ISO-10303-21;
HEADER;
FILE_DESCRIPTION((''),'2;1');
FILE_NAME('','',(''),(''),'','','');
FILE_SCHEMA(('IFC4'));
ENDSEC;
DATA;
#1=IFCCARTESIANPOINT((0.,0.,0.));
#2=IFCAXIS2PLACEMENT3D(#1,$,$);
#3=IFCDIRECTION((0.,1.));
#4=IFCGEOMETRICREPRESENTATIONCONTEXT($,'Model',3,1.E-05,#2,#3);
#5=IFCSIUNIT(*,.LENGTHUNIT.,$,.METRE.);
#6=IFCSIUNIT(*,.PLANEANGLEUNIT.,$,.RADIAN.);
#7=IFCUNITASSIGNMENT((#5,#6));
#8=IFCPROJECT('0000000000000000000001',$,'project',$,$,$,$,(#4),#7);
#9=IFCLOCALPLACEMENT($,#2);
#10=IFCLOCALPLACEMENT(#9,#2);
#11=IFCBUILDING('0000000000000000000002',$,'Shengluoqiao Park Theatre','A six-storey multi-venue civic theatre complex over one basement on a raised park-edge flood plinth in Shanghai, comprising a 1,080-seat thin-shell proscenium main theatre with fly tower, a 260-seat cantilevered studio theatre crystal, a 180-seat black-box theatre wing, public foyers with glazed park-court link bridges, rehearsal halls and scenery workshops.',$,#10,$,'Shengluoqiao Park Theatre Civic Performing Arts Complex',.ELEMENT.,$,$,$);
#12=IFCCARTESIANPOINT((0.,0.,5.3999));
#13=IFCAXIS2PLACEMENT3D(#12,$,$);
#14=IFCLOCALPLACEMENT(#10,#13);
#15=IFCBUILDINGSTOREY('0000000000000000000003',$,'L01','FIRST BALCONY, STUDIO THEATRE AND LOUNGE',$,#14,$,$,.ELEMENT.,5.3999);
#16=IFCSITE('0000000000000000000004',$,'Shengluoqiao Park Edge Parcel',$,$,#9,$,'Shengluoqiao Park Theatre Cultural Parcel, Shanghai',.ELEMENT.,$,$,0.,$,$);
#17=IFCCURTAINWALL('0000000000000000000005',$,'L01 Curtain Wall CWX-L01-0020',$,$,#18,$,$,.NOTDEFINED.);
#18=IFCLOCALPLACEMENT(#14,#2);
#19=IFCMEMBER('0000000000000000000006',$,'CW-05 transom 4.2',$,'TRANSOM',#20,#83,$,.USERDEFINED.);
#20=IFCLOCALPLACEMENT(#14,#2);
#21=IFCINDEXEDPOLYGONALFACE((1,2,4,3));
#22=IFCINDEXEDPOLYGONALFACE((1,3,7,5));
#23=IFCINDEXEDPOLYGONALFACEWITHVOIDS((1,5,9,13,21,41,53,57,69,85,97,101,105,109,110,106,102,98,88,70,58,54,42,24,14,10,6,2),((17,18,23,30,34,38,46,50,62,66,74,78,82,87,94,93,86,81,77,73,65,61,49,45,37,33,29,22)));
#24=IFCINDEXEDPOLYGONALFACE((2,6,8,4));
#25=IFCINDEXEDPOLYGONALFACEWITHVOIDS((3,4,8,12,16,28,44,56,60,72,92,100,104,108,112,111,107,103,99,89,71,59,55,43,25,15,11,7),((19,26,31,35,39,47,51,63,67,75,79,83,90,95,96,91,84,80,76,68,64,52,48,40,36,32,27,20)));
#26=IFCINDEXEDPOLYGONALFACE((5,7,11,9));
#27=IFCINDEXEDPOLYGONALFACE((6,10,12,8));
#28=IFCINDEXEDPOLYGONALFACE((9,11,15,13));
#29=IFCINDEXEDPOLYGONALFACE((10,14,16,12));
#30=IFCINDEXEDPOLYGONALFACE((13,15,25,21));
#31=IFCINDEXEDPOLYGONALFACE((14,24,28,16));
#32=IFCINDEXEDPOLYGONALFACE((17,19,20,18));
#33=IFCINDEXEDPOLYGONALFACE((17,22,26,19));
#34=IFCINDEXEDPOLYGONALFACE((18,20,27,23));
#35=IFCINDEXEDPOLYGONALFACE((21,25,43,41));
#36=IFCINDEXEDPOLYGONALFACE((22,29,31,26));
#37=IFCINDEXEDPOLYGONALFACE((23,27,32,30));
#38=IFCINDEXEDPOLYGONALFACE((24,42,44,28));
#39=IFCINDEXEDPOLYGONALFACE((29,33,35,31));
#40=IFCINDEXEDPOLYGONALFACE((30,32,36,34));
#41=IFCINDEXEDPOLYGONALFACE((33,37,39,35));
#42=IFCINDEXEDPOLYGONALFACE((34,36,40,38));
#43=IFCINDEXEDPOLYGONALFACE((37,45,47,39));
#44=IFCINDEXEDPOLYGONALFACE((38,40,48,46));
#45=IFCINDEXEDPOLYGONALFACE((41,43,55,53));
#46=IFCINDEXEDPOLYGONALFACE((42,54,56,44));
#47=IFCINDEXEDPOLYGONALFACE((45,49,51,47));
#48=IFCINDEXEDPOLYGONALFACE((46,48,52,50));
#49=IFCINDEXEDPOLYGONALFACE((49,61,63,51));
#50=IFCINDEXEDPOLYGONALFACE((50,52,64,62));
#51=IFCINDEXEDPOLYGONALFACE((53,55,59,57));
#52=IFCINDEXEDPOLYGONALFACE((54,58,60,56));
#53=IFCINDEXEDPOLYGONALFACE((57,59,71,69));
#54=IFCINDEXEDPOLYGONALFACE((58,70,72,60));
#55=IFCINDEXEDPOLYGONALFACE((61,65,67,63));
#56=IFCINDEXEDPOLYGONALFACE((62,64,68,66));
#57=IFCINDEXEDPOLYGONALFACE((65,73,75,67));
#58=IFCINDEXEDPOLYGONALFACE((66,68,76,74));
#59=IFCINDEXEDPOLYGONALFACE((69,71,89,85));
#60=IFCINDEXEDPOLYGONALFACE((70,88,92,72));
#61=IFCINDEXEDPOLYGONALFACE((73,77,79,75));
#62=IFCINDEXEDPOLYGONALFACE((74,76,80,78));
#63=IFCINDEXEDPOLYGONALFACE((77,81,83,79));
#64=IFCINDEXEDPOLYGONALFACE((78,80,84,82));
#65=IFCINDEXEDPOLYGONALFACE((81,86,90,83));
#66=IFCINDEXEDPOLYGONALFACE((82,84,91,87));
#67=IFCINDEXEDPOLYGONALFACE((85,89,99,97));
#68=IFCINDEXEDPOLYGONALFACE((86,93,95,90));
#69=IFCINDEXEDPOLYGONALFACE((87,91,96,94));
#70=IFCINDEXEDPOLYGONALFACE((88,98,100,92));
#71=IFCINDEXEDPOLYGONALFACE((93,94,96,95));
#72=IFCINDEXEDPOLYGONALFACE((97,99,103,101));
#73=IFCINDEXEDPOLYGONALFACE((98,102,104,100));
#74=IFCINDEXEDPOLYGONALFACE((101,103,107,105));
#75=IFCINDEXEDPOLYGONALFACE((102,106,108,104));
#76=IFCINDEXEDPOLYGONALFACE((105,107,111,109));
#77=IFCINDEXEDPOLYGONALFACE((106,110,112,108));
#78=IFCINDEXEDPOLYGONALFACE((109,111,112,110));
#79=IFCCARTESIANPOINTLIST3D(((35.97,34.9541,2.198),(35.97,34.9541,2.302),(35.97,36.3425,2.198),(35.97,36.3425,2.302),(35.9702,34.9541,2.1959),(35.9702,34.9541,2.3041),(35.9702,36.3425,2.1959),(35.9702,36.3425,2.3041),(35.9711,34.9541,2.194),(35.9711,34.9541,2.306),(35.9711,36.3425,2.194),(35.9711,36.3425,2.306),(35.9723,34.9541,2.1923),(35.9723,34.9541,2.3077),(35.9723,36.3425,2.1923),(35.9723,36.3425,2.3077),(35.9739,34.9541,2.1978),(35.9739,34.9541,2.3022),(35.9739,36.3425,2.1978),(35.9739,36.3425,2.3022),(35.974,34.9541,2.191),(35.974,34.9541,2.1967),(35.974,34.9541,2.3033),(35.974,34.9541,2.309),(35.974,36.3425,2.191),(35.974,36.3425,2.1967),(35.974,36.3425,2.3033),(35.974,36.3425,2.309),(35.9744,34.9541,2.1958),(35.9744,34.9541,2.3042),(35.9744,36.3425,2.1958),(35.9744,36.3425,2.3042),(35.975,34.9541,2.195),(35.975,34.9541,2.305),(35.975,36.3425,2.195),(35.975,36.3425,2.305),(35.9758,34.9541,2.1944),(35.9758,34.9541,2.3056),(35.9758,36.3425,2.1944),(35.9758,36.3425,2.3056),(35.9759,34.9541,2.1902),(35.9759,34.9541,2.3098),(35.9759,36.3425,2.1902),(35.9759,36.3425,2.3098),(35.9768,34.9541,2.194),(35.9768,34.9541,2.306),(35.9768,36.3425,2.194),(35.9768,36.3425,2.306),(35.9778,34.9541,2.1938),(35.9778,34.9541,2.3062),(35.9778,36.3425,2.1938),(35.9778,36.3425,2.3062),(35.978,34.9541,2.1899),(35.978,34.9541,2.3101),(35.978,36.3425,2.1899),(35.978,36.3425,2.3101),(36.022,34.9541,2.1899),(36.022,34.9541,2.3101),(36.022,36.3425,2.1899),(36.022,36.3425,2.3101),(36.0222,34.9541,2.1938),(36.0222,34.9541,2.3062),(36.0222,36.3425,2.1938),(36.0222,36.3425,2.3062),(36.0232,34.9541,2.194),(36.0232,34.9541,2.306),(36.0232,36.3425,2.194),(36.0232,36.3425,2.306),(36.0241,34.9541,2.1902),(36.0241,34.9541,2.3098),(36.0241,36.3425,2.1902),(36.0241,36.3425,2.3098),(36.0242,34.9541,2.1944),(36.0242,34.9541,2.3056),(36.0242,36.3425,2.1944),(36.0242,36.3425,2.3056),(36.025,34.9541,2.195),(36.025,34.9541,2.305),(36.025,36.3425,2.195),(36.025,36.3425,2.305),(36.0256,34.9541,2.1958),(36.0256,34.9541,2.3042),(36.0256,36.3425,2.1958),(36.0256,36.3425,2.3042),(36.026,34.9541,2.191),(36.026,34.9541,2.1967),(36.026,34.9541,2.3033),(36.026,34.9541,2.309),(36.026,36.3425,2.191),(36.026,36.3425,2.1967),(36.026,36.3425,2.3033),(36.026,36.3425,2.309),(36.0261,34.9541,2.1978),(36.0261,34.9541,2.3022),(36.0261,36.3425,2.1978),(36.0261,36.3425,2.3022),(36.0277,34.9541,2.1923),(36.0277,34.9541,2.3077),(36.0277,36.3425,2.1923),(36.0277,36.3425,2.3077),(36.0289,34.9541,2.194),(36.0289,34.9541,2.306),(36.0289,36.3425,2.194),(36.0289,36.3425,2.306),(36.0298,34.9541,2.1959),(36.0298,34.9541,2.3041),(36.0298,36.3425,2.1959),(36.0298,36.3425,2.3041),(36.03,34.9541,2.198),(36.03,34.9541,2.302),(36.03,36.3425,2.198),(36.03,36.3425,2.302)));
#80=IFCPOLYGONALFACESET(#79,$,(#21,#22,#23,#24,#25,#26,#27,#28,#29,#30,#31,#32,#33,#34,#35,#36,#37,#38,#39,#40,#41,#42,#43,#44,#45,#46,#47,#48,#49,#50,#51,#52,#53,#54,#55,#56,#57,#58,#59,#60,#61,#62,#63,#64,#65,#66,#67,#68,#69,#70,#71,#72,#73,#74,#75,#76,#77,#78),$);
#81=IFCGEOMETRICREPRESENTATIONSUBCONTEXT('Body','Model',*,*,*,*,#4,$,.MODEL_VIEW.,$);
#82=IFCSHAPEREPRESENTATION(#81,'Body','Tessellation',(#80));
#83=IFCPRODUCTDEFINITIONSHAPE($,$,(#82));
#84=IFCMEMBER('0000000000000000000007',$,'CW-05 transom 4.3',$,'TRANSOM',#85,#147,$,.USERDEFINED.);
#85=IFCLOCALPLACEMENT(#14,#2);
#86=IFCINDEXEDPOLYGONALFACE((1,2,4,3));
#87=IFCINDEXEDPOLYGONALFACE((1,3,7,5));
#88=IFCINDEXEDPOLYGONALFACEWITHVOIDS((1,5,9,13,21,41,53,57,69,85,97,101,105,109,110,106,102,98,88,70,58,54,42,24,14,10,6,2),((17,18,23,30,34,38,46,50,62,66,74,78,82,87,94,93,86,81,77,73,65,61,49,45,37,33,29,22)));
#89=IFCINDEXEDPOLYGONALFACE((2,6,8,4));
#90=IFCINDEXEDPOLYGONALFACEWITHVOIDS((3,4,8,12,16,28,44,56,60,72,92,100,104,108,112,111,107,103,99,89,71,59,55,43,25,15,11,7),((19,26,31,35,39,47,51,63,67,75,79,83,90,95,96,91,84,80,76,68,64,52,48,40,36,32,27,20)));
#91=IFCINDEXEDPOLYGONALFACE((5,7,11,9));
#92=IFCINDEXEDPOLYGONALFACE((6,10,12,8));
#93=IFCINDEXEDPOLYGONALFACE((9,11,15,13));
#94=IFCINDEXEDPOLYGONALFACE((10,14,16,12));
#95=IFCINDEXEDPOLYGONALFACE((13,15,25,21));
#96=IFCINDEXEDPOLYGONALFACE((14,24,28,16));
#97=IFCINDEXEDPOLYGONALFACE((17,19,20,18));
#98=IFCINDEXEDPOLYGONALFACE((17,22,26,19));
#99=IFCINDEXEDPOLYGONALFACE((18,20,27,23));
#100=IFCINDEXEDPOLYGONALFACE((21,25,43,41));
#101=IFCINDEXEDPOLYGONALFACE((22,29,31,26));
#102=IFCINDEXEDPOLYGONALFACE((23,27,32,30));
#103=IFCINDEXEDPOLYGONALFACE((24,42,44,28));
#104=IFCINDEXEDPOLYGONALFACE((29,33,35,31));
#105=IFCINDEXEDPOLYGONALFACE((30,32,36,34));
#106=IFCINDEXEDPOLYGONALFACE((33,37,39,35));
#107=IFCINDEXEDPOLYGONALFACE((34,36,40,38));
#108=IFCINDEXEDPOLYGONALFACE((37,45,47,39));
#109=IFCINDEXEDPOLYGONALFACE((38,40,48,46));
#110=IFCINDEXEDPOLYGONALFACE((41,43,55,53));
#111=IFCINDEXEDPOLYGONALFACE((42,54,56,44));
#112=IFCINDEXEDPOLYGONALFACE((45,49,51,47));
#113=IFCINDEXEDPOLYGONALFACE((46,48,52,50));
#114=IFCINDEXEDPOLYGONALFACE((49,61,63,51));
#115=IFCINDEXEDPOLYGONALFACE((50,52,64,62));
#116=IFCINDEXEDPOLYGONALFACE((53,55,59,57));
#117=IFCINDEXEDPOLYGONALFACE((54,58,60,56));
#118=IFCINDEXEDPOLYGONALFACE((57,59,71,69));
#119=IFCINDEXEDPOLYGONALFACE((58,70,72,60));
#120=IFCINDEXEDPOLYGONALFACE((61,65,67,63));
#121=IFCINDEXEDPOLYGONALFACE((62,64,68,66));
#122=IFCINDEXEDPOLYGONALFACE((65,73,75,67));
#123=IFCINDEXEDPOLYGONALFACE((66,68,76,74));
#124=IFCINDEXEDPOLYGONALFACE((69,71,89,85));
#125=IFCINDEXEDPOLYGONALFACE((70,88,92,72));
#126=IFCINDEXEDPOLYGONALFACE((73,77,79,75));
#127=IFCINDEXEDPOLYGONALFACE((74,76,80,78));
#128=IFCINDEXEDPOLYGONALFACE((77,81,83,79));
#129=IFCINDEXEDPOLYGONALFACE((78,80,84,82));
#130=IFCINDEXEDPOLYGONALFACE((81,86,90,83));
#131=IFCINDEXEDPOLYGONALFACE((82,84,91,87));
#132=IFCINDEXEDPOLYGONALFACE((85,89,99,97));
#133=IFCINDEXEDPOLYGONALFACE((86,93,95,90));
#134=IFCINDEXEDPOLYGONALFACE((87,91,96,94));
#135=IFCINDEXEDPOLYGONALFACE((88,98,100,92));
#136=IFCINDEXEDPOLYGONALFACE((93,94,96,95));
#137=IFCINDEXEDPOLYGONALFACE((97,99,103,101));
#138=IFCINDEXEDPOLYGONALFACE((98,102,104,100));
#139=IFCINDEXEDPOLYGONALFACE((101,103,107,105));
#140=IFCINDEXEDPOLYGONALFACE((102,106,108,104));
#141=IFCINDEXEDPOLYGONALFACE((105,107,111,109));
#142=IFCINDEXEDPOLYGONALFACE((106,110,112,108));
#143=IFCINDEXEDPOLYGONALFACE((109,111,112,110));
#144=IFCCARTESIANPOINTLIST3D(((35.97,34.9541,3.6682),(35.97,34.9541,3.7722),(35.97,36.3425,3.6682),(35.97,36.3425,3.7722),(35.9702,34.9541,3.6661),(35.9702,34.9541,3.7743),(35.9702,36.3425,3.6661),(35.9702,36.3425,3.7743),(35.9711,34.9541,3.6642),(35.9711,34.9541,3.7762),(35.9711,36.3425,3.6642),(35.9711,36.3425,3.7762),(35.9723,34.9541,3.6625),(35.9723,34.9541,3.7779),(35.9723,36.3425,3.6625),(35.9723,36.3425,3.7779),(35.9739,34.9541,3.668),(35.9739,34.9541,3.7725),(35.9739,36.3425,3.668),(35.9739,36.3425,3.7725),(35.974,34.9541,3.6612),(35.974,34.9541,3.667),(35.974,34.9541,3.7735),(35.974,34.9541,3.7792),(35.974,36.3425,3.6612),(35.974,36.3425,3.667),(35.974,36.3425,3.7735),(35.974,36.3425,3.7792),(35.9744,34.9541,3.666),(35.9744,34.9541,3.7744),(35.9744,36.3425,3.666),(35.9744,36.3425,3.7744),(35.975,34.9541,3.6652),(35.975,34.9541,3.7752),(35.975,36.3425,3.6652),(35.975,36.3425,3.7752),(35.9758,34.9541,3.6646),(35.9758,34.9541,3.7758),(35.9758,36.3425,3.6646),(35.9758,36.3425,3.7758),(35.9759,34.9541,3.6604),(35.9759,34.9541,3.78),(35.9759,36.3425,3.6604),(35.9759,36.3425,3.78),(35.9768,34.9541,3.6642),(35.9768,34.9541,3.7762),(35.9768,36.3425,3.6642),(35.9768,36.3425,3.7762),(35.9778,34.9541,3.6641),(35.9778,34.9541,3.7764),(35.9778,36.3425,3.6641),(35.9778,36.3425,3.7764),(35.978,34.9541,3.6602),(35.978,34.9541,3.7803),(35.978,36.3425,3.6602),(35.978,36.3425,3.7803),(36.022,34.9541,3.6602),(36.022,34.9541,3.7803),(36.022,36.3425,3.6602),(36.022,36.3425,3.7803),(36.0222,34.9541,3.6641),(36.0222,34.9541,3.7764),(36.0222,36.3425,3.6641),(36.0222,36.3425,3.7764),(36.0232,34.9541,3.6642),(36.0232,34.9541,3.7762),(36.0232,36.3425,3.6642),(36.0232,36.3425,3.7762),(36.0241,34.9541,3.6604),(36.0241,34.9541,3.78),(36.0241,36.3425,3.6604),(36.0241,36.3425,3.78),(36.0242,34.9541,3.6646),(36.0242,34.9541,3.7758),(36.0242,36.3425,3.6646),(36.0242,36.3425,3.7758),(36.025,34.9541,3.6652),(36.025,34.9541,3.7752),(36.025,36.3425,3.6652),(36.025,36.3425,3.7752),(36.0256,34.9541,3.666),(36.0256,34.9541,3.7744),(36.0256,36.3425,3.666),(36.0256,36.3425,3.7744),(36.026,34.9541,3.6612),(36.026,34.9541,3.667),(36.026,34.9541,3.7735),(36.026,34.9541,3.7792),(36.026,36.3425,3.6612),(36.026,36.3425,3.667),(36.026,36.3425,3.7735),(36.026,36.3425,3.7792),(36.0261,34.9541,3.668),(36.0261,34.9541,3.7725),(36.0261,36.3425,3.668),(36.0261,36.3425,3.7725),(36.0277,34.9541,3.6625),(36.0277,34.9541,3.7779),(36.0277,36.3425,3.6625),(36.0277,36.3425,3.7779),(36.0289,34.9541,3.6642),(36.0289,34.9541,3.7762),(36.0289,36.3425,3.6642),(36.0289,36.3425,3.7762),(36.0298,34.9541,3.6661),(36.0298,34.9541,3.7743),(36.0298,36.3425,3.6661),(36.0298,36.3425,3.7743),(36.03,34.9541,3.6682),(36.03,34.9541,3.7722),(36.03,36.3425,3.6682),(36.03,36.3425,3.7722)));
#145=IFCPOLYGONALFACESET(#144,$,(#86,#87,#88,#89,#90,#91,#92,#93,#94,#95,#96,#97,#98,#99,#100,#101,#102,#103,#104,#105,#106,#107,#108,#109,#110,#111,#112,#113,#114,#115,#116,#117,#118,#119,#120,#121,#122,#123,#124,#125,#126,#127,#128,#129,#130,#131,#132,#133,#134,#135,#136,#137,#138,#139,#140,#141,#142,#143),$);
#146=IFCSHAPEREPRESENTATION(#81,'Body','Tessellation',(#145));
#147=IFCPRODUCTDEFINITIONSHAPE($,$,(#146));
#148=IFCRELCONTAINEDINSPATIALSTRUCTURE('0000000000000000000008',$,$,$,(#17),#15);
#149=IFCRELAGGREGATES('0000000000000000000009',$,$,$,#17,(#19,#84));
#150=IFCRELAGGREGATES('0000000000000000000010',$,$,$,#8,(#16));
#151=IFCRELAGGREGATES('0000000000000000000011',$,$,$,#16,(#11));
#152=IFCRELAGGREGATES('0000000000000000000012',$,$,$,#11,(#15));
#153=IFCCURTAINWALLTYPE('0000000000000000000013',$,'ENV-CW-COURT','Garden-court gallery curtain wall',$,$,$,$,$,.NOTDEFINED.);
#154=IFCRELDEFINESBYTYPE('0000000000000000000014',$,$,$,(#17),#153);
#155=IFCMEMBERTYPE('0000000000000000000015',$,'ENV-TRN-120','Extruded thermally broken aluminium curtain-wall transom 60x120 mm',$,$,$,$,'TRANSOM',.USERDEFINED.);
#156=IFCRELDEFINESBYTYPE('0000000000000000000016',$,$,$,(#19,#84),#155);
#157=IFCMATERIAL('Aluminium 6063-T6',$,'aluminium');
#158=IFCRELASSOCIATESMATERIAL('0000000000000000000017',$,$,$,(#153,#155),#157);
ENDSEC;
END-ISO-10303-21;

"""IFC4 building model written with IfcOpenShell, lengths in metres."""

from ifc_helpers import new_model, si_unit, direction, frame, origin, origin_2d, place, context, subcontext, project, spatial, hollow_rectangle, extrude, material, material_profile, profile_set, type_object, element, aggregate, save


model = new_model("IFC4")

# Units and contexts
model_context = context("Model", 3, precision=1e-05, world=origin(), true_north=direction((0.0, 1.0)))
body_context = subcontext(model_context, "Body", "Model", "MODEL_VIEW")
ifc_project = project(units=[si_unit("LENGTHUNIT", "METRE"), si_unit("PLANEANGLEUNIT", "RADIAN")], contexts=[model_context])

# Site, building, storey
site_placement = place(None, origin())
site = spatial("IfcSite", under=ifc_project, at=site_placement, Name="Shengluoqiao Park Edge Parcel", LongName="Shengluoqiao Park Theatre Cultural Parcel, Shanghai", CompositionType="ELEMENT", RefElevation=0.0)
building_placement = place(site_placement, origin())
building = spatial("IfcBuilding", under=site, at=building_placement, Name="Shengluoqiao Park Theatre", Description="A six-storey multi-venue civic theatre complex over one basement on a raised park-edge flood plinth in Shanghai, comprising a 1,080-seat thin-shell proscenium main theatre with fly tower, a 260-seat cantilevered studio theatre crystal, a 180-seat black-box theatre wing, public foyers with glazed park-court link bridges, rehearsal halls and scenery workshops.", LongName="Shengluoqiao Park Theatre Civic Performing Arts Complex", CompositionType="ELEMENT")
storey_placement = place(building_placement, frame((0.0, 0.0, 5.3999)))
storey = spatial("IfcBuildingStorey", under=building, at=storey_placement, Name="L01", Description="FIRST BALCONY, STUDIO THEATRE AND LOUNGE", CompositionType="ELEMENT", Elevation=5.3999)

# Curtain wall
ifc_material_1 = material(Name="Aluminium 6063-T6", Category="aluminium")
curtain_wall_type = type_object("IfcCurtainWallType", Name="ENV-CW-COURT", Description="Garden-court gallery curtain wall", PredefinedType="NOTDEFINED", material=ifc_material_1)
curtain_wall_1_placement = place(storey_placement, origin())
curtain_wall_1 = element("IfcCurtainWall", 1, at=curtain_wall_1_placement, inside=storey, type_object=curtain_wall_type, Name="L01 Curtain Wall CWX-L01-0020", PredefinedType="NOTDEFINED")

# Members
ifc_material_profile_1 = material_profile(ifc_material_1, hollow_rectangle(XDim=0.0601, YDim=0.1201, WallThickness=0.0039, InnerFilletRadius=0.0039, OuterFilletRadius=0.0081, at=origin_2d()), Name="ALU TRANSOM 120x60x4")
ifc_profile_set_1 = profile_set([ifc_material_profile_1], Name="Aluminium 6063-T6")
member_type_1 = type_object("IfcMemberType", Name="ENV-TRN-120", Description="Extruded thermally broken aluminium curtain-wall transom 60x120 mm", ElementType="TRANSOM", PredefinedType="USERDEFINED", material=ifc_profile_set_1)
member_1_placement = place(storey_placement, frame((36.0, 34.9541, 2.25), z_axis=(0.0, 1.0, 0.0), x_axis=(-1.0, 0.0, 0.0)))
member_1 = element("IfcMember", 2, at=member_1_placement, type_object=member_type_1, Name="CW-05 transom 4.2", ObjectType="TRANSOM", PredefinedType="USERDEFINED", context=body_context, shape_type="SweptSolid", body=[
    extrude(hollow_rectangle(XDim=0.0601, YDim=0.1201, WallThickness=0.0039, InnerFilletRadius=0.0039, OuterFilletRadius=0.0081, at=origin_2d()), origin(), (0.0, 0.0, 1.0), 1.3884),
])
member_2_placement = place(storey_placement, frame((36.0, 34.9541, 3.7202), z_axis=(0.0, 1.0, 0.0), x_axis=(-1.0, 0.0, 0.0)))
member_2 = element("IfcMember", 3, at=member_2_placement, type_object=member_type_1, Name="CW-05 transom 4.3", ObjectType="TRANSOM", PredefinedType="USERDEFINED", context=body_context, shape_type="SweptSolid", body=[
    extrude(hollow_rectangle(XDim=0.0601, YDim=0.1201, WallThickness=0.0039, InnerFilletRadius=0.0039, OuterFilletRadius=0.0081, at=origin_2d()), origin(), (0.0, 0.0, 1.0), 1.3884),
])

aggregate(curtain_wall_1, [member_1, member_2])

save(model, "model.ifc")
